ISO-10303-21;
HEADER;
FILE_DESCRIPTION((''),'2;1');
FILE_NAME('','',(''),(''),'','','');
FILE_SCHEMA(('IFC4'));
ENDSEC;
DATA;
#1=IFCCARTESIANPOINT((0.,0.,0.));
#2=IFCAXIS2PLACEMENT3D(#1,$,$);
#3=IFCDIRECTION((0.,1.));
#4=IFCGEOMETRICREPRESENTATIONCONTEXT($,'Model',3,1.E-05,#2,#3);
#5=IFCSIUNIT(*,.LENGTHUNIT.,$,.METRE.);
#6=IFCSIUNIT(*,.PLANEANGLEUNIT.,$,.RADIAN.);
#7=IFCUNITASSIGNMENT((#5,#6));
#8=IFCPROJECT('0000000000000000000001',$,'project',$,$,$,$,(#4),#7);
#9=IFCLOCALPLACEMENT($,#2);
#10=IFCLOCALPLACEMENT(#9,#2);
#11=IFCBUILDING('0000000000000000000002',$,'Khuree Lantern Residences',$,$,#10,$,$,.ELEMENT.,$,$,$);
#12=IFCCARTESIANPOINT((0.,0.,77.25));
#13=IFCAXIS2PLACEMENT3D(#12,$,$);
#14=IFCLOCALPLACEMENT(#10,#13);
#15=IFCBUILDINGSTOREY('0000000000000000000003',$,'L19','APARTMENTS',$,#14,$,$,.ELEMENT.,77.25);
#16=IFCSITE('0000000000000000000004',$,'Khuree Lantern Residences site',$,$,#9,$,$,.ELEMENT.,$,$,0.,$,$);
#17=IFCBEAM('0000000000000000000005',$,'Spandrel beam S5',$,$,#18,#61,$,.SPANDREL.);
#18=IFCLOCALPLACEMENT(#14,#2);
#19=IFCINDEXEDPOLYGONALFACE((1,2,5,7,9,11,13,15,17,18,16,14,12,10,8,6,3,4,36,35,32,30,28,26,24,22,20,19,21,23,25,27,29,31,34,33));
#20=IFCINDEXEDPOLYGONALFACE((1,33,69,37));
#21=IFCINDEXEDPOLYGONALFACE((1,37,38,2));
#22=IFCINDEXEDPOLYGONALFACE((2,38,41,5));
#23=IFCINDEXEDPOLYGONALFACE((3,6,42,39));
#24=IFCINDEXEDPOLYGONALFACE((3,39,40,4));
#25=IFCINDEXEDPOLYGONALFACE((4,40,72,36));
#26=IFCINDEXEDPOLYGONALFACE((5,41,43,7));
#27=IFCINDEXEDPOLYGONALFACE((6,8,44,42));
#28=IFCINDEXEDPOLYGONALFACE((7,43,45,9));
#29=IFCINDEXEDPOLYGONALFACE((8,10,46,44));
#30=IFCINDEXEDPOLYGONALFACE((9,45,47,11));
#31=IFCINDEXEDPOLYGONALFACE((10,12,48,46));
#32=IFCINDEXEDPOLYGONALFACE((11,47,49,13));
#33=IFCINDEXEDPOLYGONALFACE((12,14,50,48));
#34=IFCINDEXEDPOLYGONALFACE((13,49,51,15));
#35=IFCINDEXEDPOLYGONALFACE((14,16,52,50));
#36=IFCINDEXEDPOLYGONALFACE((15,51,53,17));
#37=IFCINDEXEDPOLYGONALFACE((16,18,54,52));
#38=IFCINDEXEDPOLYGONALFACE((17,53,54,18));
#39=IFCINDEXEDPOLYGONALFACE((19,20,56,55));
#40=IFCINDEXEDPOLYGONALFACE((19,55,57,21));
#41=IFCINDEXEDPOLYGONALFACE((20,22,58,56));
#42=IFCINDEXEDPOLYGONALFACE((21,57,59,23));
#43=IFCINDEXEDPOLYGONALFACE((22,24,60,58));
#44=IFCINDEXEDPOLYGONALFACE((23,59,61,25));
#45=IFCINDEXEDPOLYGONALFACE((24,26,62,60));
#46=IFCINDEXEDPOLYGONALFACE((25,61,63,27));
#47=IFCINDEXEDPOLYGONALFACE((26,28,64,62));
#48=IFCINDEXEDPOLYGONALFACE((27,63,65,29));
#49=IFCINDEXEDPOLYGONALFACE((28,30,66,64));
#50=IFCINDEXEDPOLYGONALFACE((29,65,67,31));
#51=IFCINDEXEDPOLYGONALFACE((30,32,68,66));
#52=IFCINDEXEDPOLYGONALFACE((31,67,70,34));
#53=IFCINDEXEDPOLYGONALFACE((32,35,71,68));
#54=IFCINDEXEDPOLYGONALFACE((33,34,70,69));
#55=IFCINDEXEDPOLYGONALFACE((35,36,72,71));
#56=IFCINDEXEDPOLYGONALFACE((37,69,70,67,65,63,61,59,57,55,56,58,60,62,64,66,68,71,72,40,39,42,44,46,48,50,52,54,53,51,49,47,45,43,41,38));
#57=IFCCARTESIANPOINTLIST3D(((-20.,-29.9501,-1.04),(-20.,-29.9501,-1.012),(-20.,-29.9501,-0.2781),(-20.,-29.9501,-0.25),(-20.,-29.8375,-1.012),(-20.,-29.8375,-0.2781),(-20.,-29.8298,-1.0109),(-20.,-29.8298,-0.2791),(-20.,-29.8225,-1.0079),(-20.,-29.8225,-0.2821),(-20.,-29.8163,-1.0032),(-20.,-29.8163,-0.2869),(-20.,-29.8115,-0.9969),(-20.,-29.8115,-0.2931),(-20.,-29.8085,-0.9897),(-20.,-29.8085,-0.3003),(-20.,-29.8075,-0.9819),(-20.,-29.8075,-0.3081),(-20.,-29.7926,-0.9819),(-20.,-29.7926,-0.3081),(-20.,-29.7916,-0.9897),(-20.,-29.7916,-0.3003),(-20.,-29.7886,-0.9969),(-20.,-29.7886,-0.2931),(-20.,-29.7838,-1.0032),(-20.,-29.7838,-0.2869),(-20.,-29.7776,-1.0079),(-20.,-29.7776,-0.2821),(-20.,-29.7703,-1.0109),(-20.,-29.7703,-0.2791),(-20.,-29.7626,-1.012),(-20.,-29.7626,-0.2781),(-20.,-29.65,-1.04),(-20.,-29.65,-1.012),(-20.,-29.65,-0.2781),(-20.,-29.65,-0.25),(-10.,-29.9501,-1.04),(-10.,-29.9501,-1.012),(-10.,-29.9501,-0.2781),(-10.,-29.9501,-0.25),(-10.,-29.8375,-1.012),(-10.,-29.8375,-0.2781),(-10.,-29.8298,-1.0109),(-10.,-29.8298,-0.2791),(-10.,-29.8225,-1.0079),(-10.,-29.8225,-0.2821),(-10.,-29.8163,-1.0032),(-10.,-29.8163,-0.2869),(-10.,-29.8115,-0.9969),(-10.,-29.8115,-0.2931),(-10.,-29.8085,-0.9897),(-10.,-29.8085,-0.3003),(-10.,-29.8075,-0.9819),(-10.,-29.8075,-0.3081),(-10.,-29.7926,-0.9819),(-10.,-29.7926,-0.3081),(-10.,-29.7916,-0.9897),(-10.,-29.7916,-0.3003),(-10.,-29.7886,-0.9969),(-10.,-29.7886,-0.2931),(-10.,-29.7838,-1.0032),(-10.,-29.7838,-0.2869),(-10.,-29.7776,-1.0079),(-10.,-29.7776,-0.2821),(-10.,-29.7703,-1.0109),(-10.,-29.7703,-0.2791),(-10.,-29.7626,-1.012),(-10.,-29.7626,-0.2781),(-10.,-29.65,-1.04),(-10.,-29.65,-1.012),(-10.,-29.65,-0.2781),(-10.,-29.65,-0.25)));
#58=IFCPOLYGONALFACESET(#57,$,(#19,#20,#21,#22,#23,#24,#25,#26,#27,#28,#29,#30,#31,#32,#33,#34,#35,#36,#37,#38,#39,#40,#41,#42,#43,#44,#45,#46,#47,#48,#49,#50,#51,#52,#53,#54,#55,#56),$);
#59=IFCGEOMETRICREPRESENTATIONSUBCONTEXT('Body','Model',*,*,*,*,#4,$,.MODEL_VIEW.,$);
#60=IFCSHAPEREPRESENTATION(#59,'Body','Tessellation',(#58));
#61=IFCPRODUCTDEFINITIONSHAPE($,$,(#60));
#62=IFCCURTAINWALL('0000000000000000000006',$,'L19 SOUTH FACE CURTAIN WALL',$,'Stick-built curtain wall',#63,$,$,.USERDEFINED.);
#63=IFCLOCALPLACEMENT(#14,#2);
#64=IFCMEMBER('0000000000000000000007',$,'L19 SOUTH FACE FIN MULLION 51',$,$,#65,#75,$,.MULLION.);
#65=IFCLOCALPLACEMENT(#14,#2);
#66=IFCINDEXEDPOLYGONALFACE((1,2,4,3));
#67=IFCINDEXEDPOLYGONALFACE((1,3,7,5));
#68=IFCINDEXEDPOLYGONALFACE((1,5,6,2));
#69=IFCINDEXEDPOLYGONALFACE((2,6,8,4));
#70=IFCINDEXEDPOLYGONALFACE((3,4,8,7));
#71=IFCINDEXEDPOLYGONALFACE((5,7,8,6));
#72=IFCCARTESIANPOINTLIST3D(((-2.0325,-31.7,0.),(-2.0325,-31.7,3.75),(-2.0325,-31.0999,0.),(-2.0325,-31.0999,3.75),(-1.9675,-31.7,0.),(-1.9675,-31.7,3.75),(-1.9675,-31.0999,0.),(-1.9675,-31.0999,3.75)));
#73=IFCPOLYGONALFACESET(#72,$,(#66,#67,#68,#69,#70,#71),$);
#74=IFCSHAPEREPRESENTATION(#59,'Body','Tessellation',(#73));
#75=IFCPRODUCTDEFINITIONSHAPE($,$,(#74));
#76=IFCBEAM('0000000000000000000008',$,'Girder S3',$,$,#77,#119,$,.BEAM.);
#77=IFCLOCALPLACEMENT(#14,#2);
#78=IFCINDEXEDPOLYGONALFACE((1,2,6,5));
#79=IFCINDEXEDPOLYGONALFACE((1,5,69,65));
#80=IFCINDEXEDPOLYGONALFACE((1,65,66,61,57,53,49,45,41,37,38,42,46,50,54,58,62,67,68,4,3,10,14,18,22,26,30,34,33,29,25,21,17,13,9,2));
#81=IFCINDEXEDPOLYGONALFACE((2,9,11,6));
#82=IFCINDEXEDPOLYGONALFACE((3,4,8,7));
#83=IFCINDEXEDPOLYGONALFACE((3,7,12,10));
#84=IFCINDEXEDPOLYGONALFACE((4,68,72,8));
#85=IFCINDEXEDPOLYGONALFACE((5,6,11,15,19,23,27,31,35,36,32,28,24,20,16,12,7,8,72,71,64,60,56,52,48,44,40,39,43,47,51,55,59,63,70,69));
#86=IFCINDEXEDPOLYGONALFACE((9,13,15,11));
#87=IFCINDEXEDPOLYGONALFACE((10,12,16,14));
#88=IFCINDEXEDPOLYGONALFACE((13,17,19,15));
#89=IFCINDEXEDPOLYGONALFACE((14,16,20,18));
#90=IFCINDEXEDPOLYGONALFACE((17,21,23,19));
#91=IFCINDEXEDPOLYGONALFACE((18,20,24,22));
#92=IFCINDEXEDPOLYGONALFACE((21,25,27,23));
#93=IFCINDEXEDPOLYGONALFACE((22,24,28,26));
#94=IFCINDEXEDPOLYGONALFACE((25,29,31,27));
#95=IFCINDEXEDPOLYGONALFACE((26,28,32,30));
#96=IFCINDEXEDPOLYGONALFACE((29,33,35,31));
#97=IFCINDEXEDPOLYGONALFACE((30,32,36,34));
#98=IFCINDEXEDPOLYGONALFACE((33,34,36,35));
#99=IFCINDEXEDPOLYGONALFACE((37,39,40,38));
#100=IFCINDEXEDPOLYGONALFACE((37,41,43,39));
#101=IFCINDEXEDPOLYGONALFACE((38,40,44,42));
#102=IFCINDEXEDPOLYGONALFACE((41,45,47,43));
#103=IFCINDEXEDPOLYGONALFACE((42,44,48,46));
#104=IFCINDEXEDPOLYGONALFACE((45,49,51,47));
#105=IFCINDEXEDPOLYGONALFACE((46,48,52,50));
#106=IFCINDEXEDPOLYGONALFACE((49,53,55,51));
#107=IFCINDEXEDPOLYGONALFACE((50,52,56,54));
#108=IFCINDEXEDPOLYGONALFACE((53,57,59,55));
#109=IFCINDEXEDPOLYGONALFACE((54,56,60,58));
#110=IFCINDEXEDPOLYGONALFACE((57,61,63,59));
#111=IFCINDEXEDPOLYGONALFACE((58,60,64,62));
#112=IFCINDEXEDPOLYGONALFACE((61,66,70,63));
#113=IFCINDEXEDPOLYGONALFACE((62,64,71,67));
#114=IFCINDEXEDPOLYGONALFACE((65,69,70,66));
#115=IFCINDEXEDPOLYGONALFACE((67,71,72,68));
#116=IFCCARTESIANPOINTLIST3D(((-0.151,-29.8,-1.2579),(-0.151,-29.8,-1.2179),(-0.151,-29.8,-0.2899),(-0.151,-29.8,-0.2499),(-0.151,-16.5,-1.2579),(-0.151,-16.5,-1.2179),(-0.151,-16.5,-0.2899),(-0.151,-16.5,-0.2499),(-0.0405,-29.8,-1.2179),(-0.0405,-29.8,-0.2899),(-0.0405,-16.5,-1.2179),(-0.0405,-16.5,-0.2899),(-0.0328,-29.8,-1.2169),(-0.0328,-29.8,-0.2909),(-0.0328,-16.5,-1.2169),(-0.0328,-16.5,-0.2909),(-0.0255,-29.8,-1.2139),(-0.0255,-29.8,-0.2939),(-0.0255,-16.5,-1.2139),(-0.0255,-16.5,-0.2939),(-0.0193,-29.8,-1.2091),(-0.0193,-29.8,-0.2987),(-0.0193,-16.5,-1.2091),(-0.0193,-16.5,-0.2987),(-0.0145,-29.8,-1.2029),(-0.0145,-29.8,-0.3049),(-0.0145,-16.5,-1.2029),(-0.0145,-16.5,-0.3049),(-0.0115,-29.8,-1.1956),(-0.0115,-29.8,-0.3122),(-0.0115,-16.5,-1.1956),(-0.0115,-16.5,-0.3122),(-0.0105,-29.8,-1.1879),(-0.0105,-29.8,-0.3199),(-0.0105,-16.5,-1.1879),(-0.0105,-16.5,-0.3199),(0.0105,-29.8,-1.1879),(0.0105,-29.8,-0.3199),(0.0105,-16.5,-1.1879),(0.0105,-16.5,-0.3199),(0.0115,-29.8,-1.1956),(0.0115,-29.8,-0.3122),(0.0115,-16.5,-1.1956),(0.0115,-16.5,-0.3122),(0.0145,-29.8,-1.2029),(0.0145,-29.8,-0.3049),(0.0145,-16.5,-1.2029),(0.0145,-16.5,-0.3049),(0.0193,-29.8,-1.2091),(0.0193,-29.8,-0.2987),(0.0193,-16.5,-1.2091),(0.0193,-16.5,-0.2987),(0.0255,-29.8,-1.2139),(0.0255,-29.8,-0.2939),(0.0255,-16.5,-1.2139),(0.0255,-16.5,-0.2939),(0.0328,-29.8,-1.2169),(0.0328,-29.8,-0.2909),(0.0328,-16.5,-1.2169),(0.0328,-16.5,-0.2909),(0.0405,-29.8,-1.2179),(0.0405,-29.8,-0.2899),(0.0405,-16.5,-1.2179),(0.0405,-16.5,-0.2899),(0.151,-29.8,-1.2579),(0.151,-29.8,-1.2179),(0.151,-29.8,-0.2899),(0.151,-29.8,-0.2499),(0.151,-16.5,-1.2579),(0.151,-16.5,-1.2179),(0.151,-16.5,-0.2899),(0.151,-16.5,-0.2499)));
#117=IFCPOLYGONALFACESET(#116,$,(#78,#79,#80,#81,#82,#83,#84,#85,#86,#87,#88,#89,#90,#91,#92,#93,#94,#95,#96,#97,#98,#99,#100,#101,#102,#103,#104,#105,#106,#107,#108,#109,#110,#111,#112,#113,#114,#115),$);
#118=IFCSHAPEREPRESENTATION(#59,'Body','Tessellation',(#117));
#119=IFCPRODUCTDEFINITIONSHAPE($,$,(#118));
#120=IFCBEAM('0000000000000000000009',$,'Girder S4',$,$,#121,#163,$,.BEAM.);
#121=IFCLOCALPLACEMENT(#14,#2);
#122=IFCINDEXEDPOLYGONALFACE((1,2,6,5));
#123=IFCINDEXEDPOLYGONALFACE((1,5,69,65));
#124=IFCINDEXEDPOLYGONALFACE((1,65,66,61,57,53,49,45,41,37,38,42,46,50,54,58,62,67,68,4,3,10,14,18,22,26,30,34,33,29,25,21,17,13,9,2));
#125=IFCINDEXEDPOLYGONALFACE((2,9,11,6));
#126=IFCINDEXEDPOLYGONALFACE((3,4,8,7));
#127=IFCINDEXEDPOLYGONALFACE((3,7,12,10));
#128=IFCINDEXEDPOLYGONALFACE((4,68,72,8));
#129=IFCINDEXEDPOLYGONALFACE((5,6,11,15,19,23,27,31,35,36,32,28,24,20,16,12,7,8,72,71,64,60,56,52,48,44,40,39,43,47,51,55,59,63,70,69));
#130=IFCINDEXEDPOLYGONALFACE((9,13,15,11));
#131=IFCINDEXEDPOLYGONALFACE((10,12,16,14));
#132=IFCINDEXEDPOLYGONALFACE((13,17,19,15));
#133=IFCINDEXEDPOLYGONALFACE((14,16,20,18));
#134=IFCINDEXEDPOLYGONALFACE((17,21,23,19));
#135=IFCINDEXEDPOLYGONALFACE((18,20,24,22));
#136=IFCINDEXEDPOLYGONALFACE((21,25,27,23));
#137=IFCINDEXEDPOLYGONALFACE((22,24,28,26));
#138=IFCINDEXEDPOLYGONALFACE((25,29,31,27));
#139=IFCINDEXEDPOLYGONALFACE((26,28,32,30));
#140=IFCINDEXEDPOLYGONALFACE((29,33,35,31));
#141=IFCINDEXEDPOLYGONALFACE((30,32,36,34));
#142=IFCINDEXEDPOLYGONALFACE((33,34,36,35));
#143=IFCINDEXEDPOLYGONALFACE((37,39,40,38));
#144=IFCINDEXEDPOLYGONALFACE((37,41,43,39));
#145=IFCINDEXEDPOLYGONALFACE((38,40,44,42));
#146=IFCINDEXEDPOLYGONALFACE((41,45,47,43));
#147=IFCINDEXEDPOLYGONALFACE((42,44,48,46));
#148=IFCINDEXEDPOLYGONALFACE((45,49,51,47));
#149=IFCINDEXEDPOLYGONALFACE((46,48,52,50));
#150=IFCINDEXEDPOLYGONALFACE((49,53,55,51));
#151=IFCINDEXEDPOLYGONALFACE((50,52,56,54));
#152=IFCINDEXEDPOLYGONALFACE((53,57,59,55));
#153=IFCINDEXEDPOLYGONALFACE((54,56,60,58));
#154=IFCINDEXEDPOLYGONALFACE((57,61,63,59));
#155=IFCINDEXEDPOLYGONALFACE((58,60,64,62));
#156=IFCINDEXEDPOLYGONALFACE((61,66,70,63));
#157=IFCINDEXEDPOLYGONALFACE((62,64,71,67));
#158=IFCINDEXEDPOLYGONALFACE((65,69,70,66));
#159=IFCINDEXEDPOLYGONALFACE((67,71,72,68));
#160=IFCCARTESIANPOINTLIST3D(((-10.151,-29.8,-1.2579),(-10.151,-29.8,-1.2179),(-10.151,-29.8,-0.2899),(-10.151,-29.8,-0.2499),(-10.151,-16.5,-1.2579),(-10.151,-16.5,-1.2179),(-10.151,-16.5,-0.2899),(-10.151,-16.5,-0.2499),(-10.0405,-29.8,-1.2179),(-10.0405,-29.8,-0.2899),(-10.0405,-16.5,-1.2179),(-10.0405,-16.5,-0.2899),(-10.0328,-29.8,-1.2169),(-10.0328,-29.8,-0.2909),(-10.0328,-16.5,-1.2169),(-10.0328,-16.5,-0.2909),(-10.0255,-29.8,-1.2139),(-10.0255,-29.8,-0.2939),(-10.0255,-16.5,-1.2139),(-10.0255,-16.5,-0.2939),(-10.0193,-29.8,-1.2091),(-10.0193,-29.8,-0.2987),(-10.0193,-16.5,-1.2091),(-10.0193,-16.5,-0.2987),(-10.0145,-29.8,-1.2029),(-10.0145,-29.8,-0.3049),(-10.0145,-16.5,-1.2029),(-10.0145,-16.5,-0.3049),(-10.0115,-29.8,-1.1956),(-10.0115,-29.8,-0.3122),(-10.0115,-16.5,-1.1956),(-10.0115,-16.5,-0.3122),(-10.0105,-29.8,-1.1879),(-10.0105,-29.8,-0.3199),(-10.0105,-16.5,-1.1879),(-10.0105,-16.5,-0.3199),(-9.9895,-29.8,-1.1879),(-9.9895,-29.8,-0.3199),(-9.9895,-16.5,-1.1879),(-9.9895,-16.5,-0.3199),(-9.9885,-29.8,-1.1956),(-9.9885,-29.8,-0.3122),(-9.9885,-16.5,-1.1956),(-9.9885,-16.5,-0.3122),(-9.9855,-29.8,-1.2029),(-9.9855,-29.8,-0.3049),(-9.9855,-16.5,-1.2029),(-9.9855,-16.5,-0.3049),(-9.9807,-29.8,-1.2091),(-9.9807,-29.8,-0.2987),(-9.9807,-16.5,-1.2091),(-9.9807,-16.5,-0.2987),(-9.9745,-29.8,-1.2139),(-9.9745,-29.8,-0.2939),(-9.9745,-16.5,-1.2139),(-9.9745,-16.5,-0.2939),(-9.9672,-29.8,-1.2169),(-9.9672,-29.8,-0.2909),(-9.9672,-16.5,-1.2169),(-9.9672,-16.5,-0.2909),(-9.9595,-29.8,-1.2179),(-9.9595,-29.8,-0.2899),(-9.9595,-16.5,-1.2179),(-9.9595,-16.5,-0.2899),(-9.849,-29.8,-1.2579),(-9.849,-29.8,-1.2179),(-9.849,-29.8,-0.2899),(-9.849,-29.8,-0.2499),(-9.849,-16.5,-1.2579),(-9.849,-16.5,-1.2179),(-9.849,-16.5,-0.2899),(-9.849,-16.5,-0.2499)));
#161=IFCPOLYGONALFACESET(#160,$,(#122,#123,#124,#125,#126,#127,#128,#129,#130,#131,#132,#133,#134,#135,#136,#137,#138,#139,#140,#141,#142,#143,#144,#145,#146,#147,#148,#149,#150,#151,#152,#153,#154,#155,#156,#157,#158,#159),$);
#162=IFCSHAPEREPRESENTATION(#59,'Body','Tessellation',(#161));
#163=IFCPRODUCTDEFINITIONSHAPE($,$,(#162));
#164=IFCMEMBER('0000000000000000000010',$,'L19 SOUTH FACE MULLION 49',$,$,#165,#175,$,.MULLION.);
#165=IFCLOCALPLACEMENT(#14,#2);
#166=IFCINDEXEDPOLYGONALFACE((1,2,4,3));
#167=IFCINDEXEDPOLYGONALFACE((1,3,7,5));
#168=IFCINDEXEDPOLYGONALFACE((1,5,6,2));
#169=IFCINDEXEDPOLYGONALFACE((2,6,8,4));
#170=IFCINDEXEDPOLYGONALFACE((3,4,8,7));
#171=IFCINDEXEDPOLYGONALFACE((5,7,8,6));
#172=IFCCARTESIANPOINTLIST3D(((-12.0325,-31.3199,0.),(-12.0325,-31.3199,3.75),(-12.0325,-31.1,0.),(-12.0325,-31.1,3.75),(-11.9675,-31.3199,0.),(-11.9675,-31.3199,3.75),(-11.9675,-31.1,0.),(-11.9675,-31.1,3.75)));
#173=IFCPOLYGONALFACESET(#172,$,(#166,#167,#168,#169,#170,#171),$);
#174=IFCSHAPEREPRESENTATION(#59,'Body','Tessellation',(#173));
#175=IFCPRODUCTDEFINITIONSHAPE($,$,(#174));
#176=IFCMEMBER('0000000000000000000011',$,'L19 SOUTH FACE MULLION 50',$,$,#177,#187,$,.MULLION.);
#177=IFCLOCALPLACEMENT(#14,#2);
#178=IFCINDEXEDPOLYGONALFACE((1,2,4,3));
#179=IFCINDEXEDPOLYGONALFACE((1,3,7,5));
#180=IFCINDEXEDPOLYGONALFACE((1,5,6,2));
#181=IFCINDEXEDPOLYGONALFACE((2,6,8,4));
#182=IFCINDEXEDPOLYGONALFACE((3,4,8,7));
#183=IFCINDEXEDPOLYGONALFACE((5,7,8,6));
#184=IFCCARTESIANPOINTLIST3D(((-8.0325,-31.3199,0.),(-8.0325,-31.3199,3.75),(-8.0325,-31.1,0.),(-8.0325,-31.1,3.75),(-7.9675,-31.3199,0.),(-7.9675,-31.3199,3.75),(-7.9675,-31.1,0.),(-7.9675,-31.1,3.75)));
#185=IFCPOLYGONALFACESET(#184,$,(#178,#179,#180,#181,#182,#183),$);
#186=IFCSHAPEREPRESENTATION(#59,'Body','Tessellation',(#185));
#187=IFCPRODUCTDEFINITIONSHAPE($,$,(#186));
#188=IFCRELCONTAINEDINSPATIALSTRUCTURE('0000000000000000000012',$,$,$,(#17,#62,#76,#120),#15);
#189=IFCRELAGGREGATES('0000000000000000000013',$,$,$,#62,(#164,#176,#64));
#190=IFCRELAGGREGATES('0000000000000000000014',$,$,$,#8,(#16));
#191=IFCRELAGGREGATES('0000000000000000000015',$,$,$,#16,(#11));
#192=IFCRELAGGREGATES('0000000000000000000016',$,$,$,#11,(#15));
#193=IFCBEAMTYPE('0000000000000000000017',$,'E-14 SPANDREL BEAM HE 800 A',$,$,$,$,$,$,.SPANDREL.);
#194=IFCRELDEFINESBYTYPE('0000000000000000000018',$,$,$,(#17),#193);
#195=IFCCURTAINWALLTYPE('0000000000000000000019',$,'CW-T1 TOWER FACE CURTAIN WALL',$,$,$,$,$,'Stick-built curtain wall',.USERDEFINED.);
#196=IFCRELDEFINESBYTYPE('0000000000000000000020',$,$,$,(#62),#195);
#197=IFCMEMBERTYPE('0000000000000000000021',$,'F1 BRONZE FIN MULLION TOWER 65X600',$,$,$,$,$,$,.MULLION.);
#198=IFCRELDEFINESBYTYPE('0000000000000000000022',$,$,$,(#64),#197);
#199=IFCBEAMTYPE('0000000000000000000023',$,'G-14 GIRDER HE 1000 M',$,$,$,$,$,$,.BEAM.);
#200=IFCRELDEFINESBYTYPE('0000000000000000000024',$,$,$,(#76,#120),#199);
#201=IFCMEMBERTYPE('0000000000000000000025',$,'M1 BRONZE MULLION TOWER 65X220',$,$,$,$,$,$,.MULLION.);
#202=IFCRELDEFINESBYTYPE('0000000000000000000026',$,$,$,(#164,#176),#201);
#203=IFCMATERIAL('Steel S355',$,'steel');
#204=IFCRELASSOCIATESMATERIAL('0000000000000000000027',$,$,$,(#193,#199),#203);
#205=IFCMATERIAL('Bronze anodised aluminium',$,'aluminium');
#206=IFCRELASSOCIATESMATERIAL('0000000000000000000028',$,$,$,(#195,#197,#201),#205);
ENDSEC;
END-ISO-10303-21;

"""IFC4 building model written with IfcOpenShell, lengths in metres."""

from ifc_helpers import new_model, si_unit, direction, frame, origin, origin_2d, place, context, subcontext, project, spatial, rectangle, i_section, extrude, material, material_profile, profile_set, type_object, element, aggregate, save


model = new_model("IFC4")

# Units and contexts
model_context = context("Model", 3, precision=1e-05, world=origin(), true_north=direction((0.0, 1.0)))
body_context = subcontext(model_context, "Body", "Model", "MODEL_VIEW")
ifc_project = project(units=[si_unit("LENGTHUNIT", "METRE"), si_unit("PLANEANGLEUNIT", "RADIAN")], contexts=[model_context])

# Site, building, storey
site_placement = place(None, origin())
site = spatial("IfcSite", under=ifc_project, at=site_placement, Name="Khuree Lantern Residences site", CompositionType="ELEMENT", RefElevation=0.0)
building_placement = place(site_placement, origin())
building = spatial("IfcBuilding", under=site, at=building_placement, Name="Khuree Lantern Residences", CompositionType="ELEMENT")
storey_placement = place(building_placement, frame((0.0, 0.0, 77.25)))
storey = spatial("IfcBuildingStorey", under=building, at=storey_placement, Name="L19", Description="APARTMENTS", CompositionType="ELEMENT", Elevation=77.25)

# Beam
ifc_material_1 = material(Name="Steel S355", Category="steel")
ifc_material_profile_1 = material_profile(ifc_material_1, i_section(OverallWidth=0.3, OverallDepth=0.79, WebThickness=0.0149, FlangeThickness=0.0281, FilletRadius=0.03, at=origin_2d()), Name="HE 800 A")
ifc_profile_set_1 = profile_set([ifc_material_profile_1], Name="Steel S355")
beam_type_1 = type_object("IfcBeamType", Name="E-14 SPANDREL BEAM HE 800 A", PredefinedType="SPANDREL", material=ifc_profile_set_1)
for number, where, z_axis, x_axis, name in (
    (1, (-10.0, -29.8, -0.645), (-1.0, 0.0, 0.0), (0.0, -1.0, 0.0), "Spandrel beam S5"),
):
    element("IfcBeam", number, at=place(storey_placement, frame(where, z_axis=z_axis, x_axis=x_axis)), inside=storey, type_object=beam_type_1, Name=name, PredefinedType="SPANDREL", context=body_context, shape_type="SweptSolid", body=[
        extrude(i_section(OverallWidth=0.3, OverallDepth=0.79, WebThickness=0.0149, FlangeThickness=0.0281, FilletRadius=0.03, at=origin_2d()), origin(), (0.0, 0.0, 1.0), 10.0),
    ])

# Curtain wall, member
ifc_material_2 = material(Name="Bronze anodised aluminium", Category="aluminium")
curtain_wall_type = type_object("IfcCurtainWallType", Name="CW-T1 TOWER FACE CURTAIN WALL", ElementType="Stick-built curtain wall", PredefinedType="USERDEFINED", material=ifc_material_2)
curtain_wall_placement = place(storey_placement, origin())
curtain_wall = element("IfcCurtainWall", 2, at=curtain_wall_placement, inside=storey, type_object=curtain_wall_type, Name="L19 SOUTH FACE CURTAIN WALL", ObjectType="Stick-built curtain wall", PredefinedType="USERDEFINED")
ifc_material_profile_2 = material_profile(ifc_material_2, rectangle(XDim=0.0649, YDim=0.6001, at=origin_2d()), Name="F1 65X600")
ifc_profile_set_2 = profile_set([ifc_material_profile_2], Name="Bronze anodised aluminium")
member_type_1 = type_object("IfcMemberType", Name="F1 BRONZE FIN MULLION TOWER 65X600", PredefinedType="MULLION", material=ifc_profile_set_2)
member_1_placement = place(storey_placement, frame((-2.0, -31.3999, 0.0), z_axis=(0.0, 0.0, 1.0), x_axis=(1.0, 0.0, 0.0)))
member_1 = element("IfcMember", 3, at=member_1_placement, type_object=member_type_1, Name="L19 SOUTH FACE FIN MULLION 51", PredefinedType="MULLION", context=body_context, shape_type="SweptSolid", body=[
    extrude(rectangle(XDim=0.0649, YDim=0.6001, at=origin_2d()), origin(), (0.0, 0.0, 1.0), 3.75),
])

# Beams
ifc_material_profile_3 = material_profile(ifc_material_1, i_section(OverallWidth=0.302, OverallDepth=1.0081, WebThickness=0.021, FlangeThickness=0.04, FilletRadius=0.03, at=origin_2d()), Name="HE 1000 M")
ifc_profile_set_3 = profile_set([ifc_material_profile_3], Name="Steel S355")
beam_type_2 = type_object("IfcBeamType", Name="G-14 GIRDER HE 1000 M", PredefinedType="BEAM", material=ifc_profile_set_3)
for number, where, z_axis, x_axis, name in (
    (4, (0.0, -29.8, -0.7539), (0.0, 1.0, 0.0), (-1.0, 0.0, 0.0), "Girder S3"),
    (5, (-10.0, -29.8, -0.7539), (0.0, 1.0, 0.0), (-1.0, 0.0, 0.0), "Girder S4"),
):
    element("IfcBeam", number, at=place(storey_placement, frame(where, z_axis=z_axis, x_axis=x_axis)), inside=storey, type_object=beam_type_2, Name=name, PredefinedType="BEAM", context=body_context, shape_type="SweptSolid", body=[
        extrude(i_section(OverallWidth=0.302, OverallDepth=1.0081, WebThickness=0.021, FlangeThickness=0.04, FilletRadius=0.03, at=origin_2d()), origin(), (0.0, 0.0, 1.0), 13.3),
    ])

# Members
ifc_material_profile_4 = material_profile(ifc_material_2, rectangle(XDim=0.0649, YDim=0.22, at=origin_2d()), Name="M1 65X220")
ifc_profile_set_4 = profile_set([ifc_material_profile_4], Name="Bronze anodised aluminium")
member_type_2 = type_object("IfcMemberType", Name="M1 BRONZE MULLION TOWER 65X220", PredefinedType="MULLION", material=ifc_profile_set_4)
member_2_placement = place(storey_placement, frame((-12.0, -31.21, 0.0), z_axis=(0.0, 0.0, 1.0), x_axis=(1.0, 0.0, 0.0)))
member_2 = element("IfcMember", 6, at=member_2_placement, type_object=member_type_2, Name="L19 SOUTH FACE MULLION 49", PredefinedType="MULLION", context=body_context, shape_type="SweptSolid", body=[
    extrude(rectangle(XDim=0.0649, YDim=0.22, at=origin_2d()), origin(), (0.0, 0.0, 1.0), 3.75),
])
member_3_placement = place(storey_placement, frame((-8.0, -31.21, 0.0), z_axis=(0.0, 0.0, 1.0), x_axis=(1.0, 0.0, 0.0)))
member_3 = element("IfcMember", 7, at=member_3_placement, type_object=member_type_2, Name="L19 SOUTH FACE MULLION 50", PredefinedType="MULLION", context=body_context, shape_type="SweptSolid", body=[
    extrude(rectangle(XDim=0.0649, YDim=0.22, at=origin_2d()), origin(), (0.0, 0.0, 1.0), 3.75),
])

aggregate(curtain_wall, [member_2, member_3, member_1])

save(model, "model.ifc")
